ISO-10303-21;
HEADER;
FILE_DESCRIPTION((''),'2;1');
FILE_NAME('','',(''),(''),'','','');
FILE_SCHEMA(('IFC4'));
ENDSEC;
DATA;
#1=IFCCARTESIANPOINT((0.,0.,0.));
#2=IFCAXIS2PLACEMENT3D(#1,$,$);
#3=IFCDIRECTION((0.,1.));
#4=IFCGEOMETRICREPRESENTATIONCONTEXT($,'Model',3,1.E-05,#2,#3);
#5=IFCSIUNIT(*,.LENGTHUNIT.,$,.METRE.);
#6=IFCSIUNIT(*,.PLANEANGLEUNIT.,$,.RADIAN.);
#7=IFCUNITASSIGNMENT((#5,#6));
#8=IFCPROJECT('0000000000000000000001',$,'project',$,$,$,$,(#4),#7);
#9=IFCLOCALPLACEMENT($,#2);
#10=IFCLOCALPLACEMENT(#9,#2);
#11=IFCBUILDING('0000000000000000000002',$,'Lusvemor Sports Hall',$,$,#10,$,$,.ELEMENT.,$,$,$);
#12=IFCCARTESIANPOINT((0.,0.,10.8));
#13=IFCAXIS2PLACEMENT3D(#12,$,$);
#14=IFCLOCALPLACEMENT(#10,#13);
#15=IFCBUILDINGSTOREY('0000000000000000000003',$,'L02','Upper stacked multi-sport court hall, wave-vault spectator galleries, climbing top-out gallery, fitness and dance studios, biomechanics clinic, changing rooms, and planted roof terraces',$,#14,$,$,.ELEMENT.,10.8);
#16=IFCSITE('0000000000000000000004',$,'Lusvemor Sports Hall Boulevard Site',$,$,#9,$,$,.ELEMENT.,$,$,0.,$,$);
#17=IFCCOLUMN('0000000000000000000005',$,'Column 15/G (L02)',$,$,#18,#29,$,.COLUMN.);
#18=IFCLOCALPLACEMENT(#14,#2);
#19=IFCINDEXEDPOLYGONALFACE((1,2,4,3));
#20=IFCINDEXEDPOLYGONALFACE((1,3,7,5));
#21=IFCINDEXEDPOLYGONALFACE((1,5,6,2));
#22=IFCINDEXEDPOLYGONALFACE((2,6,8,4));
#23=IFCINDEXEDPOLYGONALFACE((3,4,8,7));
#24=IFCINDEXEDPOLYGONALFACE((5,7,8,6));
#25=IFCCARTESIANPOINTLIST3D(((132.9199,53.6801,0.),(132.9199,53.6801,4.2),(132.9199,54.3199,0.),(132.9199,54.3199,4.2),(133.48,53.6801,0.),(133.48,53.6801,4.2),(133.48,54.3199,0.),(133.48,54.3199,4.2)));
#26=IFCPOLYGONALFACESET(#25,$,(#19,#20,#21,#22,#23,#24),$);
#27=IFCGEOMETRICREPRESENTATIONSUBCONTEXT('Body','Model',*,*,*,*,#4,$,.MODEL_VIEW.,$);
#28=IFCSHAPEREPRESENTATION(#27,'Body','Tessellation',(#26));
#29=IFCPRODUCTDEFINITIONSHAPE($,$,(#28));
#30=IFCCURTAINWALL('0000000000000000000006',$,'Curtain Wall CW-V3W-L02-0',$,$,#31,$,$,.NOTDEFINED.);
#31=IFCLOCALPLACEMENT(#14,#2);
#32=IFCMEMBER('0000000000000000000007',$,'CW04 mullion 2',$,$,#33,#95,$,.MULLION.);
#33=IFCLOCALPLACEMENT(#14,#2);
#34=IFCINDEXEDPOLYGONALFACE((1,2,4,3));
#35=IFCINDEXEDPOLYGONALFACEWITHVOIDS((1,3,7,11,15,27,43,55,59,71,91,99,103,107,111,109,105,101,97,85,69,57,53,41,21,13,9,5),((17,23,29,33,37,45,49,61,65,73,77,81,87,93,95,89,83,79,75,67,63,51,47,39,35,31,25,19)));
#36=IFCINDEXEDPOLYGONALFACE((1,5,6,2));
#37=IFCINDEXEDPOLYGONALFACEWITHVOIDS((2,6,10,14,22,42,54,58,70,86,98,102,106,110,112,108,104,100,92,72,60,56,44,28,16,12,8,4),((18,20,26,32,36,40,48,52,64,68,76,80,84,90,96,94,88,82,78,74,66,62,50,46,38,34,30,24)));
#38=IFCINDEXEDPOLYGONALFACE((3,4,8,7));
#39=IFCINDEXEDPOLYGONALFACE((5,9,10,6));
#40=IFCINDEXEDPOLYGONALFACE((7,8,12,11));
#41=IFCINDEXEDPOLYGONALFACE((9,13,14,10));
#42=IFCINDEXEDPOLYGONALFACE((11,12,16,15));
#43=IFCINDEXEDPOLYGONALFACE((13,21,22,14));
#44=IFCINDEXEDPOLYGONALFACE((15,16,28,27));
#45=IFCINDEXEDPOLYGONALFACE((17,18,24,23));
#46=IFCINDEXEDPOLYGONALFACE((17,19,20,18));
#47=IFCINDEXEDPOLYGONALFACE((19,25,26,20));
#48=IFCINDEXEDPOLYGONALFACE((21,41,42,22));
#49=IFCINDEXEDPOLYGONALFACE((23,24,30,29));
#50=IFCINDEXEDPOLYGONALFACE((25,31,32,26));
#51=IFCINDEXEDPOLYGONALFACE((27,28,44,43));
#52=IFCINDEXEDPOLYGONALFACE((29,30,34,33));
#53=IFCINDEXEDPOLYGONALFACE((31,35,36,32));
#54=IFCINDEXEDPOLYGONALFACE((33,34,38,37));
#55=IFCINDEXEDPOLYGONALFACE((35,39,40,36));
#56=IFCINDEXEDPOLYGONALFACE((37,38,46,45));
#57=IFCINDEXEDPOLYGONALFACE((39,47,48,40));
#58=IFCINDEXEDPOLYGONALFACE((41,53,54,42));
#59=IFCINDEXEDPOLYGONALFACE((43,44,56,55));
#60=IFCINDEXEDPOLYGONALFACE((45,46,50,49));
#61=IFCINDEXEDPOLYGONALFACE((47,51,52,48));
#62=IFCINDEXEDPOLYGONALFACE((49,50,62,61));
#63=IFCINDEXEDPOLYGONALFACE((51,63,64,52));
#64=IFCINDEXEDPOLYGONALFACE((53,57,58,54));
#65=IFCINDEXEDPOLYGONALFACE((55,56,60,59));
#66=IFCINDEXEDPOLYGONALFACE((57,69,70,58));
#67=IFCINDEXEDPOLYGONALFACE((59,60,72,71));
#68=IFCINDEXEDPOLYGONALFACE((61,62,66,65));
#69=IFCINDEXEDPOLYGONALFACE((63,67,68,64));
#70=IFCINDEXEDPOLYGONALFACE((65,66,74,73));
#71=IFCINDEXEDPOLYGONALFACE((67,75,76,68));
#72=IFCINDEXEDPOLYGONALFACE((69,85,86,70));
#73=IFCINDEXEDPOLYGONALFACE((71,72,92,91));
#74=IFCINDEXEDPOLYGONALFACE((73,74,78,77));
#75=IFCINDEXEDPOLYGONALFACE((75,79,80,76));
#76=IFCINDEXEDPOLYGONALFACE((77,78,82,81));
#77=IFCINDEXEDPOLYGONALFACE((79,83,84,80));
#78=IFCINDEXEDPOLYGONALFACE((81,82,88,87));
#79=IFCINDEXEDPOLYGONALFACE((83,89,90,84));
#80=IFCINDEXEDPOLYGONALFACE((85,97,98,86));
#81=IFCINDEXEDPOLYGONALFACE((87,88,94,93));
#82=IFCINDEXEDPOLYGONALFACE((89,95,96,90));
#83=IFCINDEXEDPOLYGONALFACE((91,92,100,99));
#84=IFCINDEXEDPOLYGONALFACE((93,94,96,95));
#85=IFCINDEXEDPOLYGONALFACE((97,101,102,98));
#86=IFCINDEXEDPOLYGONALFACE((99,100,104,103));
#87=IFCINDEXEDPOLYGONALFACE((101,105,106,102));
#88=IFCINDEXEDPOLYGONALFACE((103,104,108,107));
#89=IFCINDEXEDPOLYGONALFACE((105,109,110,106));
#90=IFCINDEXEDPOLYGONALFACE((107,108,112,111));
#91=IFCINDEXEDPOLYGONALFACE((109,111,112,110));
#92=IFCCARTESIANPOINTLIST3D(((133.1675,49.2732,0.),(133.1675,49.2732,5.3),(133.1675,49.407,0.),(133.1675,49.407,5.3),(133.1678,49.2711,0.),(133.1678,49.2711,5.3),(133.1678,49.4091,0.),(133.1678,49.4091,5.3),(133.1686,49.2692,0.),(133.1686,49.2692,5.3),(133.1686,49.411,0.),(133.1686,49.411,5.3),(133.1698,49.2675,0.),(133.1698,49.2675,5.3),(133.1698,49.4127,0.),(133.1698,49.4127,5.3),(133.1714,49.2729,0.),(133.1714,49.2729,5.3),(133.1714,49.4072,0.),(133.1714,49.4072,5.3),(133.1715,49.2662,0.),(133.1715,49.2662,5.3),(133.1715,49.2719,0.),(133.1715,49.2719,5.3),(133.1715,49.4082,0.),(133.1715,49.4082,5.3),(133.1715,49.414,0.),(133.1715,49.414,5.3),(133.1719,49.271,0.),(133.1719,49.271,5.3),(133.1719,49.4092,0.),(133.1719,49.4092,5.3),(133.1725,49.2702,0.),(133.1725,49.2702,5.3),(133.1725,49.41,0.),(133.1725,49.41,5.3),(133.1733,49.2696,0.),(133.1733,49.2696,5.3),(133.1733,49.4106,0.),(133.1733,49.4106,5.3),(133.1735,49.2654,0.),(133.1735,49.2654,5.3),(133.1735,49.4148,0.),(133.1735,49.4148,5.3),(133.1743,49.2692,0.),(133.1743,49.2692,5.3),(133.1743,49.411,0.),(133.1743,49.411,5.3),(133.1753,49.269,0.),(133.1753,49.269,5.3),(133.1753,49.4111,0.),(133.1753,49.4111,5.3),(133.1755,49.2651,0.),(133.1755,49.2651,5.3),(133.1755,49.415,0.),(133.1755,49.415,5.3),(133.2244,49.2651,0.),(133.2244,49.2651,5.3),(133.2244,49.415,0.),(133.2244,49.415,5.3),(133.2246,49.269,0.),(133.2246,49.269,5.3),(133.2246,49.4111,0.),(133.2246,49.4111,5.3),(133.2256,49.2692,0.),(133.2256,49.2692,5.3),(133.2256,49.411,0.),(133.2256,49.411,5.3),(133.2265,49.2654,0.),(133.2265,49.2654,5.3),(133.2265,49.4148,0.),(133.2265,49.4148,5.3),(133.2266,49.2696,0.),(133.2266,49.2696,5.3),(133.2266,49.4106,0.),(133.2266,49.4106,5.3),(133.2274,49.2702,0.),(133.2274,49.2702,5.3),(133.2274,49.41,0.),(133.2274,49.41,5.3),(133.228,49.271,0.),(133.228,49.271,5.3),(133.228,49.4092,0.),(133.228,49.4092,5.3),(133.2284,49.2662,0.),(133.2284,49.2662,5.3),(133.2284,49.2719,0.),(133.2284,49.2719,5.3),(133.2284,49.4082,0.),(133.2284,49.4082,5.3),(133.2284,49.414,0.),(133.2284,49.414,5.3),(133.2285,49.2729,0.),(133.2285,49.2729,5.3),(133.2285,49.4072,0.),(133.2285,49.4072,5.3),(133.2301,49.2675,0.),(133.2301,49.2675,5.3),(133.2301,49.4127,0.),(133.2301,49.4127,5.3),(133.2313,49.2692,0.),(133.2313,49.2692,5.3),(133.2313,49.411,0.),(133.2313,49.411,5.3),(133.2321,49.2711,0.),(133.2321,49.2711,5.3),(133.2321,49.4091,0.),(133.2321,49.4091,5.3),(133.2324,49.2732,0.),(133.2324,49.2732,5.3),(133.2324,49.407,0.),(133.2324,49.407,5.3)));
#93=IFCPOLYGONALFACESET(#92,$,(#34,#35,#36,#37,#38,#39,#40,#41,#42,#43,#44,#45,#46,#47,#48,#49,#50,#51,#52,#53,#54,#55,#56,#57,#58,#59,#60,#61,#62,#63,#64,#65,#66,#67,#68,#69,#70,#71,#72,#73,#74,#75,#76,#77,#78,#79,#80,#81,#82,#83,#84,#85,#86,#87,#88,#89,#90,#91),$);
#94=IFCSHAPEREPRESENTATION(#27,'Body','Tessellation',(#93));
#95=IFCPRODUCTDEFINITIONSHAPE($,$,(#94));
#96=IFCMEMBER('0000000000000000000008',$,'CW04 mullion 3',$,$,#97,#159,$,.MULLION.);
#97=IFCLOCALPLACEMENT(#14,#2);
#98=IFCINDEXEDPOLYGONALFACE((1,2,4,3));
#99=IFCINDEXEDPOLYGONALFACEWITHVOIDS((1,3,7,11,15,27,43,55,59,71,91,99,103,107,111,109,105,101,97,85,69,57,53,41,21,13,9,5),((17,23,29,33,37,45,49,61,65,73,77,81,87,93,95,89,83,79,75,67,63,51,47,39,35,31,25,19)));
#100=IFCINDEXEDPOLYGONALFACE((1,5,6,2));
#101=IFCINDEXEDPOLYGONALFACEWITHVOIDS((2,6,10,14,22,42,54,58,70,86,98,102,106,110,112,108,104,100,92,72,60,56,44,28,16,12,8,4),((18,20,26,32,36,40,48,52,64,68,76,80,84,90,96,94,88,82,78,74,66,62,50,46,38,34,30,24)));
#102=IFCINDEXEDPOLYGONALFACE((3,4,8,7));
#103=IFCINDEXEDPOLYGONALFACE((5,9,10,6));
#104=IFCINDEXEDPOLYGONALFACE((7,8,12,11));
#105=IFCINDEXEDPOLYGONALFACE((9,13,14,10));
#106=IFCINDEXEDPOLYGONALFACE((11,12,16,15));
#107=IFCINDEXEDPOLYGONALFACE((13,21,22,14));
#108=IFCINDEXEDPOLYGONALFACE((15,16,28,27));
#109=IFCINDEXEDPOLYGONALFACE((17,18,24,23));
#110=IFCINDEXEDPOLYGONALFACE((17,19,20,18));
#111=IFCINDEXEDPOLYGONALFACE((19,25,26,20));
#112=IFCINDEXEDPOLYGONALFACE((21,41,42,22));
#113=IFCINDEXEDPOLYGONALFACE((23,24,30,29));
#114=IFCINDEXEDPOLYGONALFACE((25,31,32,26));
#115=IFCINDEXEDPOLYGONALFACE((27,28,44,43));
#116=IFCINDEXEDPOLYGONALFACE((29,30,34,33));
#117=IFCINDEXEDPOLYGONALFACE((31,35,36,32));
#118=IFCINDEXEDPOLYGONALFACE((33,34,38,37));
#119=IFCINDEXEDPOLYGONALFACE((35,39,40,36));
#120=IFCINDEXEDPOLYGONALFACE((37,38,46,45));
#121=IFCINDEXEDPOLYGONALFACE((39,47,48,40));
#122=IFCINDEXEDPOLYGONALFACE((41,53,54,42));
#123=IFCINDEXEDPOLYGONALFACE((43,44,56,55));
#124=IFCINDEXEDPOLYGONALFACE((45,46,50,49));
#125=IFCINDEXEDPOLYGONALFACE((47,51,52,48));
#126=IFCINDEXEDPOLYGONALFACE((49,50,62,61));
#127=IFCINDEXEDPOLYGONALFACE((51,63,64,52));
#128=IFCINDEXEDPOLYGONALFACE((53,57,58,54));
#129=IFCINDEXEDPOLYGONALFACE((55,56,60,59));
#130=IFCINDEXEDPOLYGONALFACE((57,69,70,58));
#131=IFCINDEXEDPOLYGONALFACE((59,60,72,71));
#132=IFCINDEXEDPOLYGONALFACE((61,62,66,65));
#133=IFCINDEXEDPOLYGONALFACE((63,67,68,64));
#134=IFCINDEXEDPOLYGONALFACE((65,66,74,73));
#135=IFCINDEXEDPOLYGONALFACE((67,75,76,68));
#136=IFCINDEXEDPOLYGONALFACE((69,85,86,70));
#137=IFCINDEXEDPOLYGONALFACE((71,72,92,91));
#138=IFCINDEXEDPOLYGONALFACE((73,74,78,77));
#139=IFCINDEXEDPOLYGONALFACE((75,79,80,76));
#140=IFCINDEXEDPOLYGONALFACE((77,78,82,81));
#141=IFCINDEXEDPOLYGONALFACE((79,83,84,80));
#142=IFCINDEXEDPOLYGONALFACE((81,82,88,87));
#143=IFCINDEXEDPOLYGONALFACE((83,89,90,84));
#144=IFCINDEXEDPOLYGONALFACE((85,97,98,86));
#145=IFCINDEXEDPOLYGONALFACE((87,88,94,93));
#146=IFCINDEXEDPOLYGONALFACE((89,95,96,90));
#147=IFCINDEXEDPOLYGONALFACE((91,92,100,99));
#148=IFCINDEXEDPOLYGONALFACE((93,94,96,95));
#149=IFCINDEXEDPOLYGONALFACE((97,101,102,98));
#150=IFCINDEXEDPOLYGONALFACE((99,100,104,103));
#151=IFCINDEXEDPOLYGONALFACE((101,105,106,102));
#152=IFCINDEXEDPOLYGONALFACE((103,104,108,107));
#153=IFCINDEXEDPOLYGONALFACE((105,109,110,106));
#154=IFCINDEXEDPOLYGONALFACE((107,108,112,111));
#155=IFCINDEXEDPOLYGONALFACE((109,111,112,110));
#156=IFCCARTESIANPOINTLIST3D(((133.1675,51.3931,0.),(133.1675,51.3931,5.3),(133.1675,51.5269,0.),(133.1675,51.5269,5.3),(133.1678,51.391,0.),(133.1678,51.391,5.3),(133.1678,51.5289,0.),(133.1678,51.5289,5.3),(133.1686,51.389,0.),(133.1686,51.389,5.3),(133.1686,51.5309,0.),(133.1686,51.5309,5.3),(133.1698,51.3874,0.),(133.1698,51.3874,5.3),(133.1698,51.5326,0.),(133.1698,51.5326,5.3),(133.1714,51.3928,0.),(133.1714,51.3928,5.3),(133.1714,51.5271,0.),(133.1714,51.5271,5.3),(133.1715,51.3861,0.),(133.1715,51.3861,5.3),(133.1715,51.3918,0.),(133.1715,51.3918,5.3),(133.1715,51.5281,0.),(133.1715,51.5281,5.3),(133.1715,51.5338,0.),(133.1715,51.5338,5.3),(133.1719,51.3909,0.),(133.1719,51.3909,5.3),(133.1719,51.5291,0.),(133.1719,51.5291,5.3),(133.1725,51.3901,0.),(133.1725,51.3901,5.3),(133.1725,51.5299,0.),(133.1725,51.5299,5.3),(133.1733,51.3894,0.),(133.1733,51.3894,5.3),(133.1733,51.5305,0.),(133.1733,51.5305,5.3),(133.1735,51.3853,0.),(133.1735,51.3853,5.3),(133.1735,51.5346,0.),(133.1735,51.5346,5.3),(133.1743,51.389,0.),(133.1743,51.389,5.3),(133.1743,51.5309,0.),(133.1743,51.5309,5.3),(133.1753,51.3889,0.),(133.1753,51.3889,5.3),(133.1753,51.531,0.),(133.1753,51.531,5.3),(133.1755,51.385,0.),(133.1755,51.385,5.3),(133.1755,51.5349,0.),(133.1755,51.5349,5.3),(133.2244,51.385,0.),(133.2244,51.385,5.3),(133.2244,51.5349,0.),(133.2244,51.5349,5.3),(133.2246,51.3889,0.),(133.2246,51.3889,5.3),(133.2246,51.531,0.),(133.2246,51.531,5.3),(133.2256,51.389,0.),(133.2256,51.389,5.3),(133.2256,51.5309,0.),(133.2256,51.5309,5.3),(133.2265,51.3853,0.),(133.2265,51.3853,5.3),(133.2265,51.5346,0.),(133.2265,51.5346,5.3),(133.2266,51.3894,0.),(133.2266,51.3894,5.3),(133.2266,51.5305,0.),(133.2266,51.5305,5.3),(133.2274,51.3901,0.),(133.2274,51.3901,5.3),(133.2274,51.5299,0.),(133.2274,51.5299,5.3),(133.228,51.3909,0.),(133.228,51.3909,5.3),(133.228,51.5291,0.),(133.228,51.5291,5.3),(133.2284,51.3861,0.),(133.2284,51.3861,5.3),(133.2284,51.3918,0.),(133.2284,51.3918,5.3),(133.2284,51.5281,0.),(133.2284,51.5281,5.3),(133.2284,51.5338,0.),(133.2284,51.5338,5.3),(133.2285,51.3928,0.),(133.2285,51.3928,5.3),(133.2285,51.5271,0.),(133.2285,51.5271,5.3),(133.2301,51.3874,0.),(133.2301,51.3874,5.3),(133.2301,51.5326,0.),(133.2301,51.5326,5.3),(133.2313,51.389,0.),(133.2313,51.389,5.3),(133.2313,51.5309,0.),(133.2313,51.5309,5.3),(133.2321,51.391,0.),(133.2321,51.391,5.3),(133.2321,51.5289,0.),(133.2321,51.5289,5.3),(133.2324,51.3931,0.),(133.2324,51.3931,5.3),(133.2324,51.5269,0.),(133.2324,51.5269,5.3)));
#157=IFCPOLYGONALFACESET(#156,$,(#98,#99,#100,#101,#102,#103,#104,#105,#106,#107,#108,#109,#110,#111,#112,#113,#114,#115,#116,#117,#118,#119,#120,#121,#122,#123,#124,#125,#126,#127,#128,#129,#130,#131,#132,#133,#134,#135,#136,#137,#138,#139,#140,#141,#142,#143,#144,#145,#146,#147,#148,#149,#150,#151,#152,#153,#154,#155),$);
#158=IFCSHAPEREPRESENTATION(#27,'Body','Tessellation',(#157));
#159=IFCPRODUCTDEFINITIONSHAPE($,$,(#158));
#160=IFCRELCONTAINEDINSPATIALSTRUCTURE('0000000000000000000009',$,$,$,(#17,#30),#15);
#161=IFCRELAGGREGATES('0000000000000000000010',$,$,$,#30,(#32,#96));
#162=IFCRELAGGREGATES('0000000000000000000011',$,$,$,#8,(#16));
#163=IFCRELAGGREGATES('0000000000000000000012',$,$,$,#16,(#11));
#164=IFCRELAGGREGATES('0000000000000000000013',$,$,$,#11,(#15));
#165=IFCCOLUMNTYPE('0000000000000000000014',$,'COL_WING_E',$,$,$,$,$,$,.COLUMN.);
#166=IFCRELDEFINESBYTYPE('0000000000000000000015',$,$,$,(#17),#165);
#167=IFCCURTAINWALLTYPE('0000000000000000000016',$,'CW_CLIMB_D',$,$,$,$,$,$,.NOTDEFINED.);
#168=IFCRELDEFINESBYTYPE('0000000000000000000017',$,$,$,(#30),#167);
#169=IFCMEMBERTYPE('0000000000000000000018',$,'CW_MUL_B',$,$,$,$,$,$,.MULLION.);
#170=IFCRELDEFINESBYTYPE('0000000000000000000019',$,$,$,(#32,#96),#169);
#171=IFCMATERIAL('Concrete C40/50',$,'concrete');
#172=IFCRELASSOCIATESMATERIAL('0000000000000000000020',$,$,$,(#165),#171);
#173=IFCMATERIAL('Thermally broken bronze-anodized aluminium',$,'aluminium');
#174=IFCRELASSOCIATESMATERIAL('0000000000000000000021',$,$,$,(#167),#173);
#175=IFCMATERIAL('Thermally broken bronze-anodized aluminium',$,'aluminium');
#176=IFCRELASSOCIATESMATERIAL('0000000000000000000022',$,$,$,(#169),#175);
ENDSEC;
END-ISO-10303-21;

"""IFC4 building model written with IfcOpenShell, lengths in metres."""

from ifc_helpers import new_model, si_unit, direction, frame, origin, origin_2d, place, context, subcontext, project, spatial, rectangle, hollow_rectangle, extrude, material, material_profile, profile_set, type_object, element, aggregate, save


model = new_model("IFC4")

# Units and contexts
model_context = context("Model", 3, precision=1e-05, world=origin(), true_north=direction((0.0, 1.0)))
body_context = subcontext(model_context, "Body", "Model", "MODEL_VIEW")
ifc_project = project(units=[si_unit("LENGTHUNIT", "METRE"), si_unit("PLANEANGLEUNIT", "RADIAN")], contexts=[model_context])

# Site, building, storey
site_placement = place(None, origin())
site = spatial("IfcSite", under=ifc_project, at=site_placement, Name="Lusvemor Sports Hall Boulevard Site", CompositionType="ELEMENT", RefElevation=0.0)
building_placement = place(site_placement, origin())
building = spatial("IfcBuilding", under=site, at=building_placement, Name="Lusvemor Sports Hall", CompositionType="ELEMENT")
storey_placement = place(building_placement, frame((0.0, 0.0, 10.8)))
storey = spatial("IfcBuildingStorey", under=building, at=storey_placement, Name="L02", Description="Upper stacked multi-sport court hall, wave-vault spectator galleries, climbing top-out gallery, fitness and dance studios, biomechanics clinic, changing rooms, and planted roof terraces", CompositionType="ELEMENT", Elevation=10.8)

# Column
ifc_material_1 = material(Name="Concrete C40/50", Category="concrete")
ifc_material_profile_1 = material_profile(ifc_material_1, rectangle(XDim=0.5601, YDim=0.6399, at=origin_2d()), Name="RC560x640")
ifc_profile_set_1 = profile_set([ifc_material_profile_1], Name="Concrete C40/50")
column_type = type_object("IfcColumnType", Name="COL_WING_E", PredefinedType="COLUMN", material=ifc_profile_set_1)
column_placement = place(storey_placement, frame((133.2, 54.0, 0.0), z_axis=(0.0, 0.0, 1.0), x_axis=(1.0, 0.0, 0.0)))
element("IfcColumn", 1, at=column_placement, inside=storey, type_object=column_type, Name="Column 15/G (L02)", PredefinedType="COLUMN", context=body_context, shape_type="SweptSolid", body=[
    extrude(rectangle(XDim=0.5601, YDim=0.6399, at=origin_2d()), origin(), (0.0, 0.0, 1.0), 4.2),
])

# Curtain wall, members
ifc_material_2 = material(Name="Thermally broken bronze-anodized aluminium", Category="aluminium")
curtain_wall_type = type_object("IfcCurtainWallType", Name="CW_CLIMB_D", PredefinedType="NOTDEFINED", material=ifc_material_2)
curtain_wall_1_placement = place(storey_placement, origin())
curtain_wall_1 = element("IfcCurtainWall", 2, at=curtain_wall_1_placement, inside=storey, type_object=curtain_wall_type, Name="Curtain Wall CW-V3W-L02-0", PredefinedType="NOTDEFINED")
ifc_material_3 = material(Name="Thermally broken bronze-anodized aluminium", Category="aluminium")
ifc_material_profile_2 = material_profile(ifc_material_3, hollow_rectangle(XDim=0.0649, YDim=0.1499, WallThickness=0.0039, InnerFilletRadius=0.0039, OuterFilletRadius=0.0081, at=origin_2d()), Name="CWMUL150x65x4")
ifc_profile_set_2 = profile_set([ifc_material_profile_2], Name="Thermally broken bronze-anodized aluminium")
member_type_1 = type_object("IfcMemberType", Name="CW_MUL_B", PredefinedType="MULLION", material=ifc_profile_set_2)
member_1_placement = place(storey_placement, frame((133.2, 49.3401, 0.0), z_axis=(0.0, 0.0, 1.0), x_axis=(-1.0, 0.0, 0.0)))
member_1 = element("IfcMember", 3, at=member_1_placement, type_object=member_type_1, Name="CW04 mullion 2", PredefinedType="MULLION", context=body_context, shape_type="SweptSolid", body=[
    extrude(hollow_rectangle(XDim=0.0649, YDim=0.1499, WallThickness=0.0039, InnerFilletRadius=0.0039, OuterFilletRadius=0.0081, at=origin_2d()), origin(), (0.0, 0.0, 1.0), 5.3),
])
member_2_placement = place(storey_placement, frame((133.2, 51.46, 0.0), z_axis=(0.0, 0.0, 1.0), x_axis=(-1.0, 0.0, 0.0)))
member_2 = element("IfcMember", 4, at=member_2_placement, type_object=member_type_1, Name="CW04 mullion 3", PredefinedType="MULLION", context=body_context, shape_type="SweptSolid", body=[
    extrude(hollow_rectangle(XDim=0.0649, YDim=0.1499, WallThickness=0.0039, InnerFilletRadius=0.0039, OuterFilletRadius=0.0081, at=origin_2d()), origin(), (0.0, 0.0, 1.0), 5.3),
])

aggregate(curtain_wall_1, [member_1, member_2])

save(model, "model.ifc")
